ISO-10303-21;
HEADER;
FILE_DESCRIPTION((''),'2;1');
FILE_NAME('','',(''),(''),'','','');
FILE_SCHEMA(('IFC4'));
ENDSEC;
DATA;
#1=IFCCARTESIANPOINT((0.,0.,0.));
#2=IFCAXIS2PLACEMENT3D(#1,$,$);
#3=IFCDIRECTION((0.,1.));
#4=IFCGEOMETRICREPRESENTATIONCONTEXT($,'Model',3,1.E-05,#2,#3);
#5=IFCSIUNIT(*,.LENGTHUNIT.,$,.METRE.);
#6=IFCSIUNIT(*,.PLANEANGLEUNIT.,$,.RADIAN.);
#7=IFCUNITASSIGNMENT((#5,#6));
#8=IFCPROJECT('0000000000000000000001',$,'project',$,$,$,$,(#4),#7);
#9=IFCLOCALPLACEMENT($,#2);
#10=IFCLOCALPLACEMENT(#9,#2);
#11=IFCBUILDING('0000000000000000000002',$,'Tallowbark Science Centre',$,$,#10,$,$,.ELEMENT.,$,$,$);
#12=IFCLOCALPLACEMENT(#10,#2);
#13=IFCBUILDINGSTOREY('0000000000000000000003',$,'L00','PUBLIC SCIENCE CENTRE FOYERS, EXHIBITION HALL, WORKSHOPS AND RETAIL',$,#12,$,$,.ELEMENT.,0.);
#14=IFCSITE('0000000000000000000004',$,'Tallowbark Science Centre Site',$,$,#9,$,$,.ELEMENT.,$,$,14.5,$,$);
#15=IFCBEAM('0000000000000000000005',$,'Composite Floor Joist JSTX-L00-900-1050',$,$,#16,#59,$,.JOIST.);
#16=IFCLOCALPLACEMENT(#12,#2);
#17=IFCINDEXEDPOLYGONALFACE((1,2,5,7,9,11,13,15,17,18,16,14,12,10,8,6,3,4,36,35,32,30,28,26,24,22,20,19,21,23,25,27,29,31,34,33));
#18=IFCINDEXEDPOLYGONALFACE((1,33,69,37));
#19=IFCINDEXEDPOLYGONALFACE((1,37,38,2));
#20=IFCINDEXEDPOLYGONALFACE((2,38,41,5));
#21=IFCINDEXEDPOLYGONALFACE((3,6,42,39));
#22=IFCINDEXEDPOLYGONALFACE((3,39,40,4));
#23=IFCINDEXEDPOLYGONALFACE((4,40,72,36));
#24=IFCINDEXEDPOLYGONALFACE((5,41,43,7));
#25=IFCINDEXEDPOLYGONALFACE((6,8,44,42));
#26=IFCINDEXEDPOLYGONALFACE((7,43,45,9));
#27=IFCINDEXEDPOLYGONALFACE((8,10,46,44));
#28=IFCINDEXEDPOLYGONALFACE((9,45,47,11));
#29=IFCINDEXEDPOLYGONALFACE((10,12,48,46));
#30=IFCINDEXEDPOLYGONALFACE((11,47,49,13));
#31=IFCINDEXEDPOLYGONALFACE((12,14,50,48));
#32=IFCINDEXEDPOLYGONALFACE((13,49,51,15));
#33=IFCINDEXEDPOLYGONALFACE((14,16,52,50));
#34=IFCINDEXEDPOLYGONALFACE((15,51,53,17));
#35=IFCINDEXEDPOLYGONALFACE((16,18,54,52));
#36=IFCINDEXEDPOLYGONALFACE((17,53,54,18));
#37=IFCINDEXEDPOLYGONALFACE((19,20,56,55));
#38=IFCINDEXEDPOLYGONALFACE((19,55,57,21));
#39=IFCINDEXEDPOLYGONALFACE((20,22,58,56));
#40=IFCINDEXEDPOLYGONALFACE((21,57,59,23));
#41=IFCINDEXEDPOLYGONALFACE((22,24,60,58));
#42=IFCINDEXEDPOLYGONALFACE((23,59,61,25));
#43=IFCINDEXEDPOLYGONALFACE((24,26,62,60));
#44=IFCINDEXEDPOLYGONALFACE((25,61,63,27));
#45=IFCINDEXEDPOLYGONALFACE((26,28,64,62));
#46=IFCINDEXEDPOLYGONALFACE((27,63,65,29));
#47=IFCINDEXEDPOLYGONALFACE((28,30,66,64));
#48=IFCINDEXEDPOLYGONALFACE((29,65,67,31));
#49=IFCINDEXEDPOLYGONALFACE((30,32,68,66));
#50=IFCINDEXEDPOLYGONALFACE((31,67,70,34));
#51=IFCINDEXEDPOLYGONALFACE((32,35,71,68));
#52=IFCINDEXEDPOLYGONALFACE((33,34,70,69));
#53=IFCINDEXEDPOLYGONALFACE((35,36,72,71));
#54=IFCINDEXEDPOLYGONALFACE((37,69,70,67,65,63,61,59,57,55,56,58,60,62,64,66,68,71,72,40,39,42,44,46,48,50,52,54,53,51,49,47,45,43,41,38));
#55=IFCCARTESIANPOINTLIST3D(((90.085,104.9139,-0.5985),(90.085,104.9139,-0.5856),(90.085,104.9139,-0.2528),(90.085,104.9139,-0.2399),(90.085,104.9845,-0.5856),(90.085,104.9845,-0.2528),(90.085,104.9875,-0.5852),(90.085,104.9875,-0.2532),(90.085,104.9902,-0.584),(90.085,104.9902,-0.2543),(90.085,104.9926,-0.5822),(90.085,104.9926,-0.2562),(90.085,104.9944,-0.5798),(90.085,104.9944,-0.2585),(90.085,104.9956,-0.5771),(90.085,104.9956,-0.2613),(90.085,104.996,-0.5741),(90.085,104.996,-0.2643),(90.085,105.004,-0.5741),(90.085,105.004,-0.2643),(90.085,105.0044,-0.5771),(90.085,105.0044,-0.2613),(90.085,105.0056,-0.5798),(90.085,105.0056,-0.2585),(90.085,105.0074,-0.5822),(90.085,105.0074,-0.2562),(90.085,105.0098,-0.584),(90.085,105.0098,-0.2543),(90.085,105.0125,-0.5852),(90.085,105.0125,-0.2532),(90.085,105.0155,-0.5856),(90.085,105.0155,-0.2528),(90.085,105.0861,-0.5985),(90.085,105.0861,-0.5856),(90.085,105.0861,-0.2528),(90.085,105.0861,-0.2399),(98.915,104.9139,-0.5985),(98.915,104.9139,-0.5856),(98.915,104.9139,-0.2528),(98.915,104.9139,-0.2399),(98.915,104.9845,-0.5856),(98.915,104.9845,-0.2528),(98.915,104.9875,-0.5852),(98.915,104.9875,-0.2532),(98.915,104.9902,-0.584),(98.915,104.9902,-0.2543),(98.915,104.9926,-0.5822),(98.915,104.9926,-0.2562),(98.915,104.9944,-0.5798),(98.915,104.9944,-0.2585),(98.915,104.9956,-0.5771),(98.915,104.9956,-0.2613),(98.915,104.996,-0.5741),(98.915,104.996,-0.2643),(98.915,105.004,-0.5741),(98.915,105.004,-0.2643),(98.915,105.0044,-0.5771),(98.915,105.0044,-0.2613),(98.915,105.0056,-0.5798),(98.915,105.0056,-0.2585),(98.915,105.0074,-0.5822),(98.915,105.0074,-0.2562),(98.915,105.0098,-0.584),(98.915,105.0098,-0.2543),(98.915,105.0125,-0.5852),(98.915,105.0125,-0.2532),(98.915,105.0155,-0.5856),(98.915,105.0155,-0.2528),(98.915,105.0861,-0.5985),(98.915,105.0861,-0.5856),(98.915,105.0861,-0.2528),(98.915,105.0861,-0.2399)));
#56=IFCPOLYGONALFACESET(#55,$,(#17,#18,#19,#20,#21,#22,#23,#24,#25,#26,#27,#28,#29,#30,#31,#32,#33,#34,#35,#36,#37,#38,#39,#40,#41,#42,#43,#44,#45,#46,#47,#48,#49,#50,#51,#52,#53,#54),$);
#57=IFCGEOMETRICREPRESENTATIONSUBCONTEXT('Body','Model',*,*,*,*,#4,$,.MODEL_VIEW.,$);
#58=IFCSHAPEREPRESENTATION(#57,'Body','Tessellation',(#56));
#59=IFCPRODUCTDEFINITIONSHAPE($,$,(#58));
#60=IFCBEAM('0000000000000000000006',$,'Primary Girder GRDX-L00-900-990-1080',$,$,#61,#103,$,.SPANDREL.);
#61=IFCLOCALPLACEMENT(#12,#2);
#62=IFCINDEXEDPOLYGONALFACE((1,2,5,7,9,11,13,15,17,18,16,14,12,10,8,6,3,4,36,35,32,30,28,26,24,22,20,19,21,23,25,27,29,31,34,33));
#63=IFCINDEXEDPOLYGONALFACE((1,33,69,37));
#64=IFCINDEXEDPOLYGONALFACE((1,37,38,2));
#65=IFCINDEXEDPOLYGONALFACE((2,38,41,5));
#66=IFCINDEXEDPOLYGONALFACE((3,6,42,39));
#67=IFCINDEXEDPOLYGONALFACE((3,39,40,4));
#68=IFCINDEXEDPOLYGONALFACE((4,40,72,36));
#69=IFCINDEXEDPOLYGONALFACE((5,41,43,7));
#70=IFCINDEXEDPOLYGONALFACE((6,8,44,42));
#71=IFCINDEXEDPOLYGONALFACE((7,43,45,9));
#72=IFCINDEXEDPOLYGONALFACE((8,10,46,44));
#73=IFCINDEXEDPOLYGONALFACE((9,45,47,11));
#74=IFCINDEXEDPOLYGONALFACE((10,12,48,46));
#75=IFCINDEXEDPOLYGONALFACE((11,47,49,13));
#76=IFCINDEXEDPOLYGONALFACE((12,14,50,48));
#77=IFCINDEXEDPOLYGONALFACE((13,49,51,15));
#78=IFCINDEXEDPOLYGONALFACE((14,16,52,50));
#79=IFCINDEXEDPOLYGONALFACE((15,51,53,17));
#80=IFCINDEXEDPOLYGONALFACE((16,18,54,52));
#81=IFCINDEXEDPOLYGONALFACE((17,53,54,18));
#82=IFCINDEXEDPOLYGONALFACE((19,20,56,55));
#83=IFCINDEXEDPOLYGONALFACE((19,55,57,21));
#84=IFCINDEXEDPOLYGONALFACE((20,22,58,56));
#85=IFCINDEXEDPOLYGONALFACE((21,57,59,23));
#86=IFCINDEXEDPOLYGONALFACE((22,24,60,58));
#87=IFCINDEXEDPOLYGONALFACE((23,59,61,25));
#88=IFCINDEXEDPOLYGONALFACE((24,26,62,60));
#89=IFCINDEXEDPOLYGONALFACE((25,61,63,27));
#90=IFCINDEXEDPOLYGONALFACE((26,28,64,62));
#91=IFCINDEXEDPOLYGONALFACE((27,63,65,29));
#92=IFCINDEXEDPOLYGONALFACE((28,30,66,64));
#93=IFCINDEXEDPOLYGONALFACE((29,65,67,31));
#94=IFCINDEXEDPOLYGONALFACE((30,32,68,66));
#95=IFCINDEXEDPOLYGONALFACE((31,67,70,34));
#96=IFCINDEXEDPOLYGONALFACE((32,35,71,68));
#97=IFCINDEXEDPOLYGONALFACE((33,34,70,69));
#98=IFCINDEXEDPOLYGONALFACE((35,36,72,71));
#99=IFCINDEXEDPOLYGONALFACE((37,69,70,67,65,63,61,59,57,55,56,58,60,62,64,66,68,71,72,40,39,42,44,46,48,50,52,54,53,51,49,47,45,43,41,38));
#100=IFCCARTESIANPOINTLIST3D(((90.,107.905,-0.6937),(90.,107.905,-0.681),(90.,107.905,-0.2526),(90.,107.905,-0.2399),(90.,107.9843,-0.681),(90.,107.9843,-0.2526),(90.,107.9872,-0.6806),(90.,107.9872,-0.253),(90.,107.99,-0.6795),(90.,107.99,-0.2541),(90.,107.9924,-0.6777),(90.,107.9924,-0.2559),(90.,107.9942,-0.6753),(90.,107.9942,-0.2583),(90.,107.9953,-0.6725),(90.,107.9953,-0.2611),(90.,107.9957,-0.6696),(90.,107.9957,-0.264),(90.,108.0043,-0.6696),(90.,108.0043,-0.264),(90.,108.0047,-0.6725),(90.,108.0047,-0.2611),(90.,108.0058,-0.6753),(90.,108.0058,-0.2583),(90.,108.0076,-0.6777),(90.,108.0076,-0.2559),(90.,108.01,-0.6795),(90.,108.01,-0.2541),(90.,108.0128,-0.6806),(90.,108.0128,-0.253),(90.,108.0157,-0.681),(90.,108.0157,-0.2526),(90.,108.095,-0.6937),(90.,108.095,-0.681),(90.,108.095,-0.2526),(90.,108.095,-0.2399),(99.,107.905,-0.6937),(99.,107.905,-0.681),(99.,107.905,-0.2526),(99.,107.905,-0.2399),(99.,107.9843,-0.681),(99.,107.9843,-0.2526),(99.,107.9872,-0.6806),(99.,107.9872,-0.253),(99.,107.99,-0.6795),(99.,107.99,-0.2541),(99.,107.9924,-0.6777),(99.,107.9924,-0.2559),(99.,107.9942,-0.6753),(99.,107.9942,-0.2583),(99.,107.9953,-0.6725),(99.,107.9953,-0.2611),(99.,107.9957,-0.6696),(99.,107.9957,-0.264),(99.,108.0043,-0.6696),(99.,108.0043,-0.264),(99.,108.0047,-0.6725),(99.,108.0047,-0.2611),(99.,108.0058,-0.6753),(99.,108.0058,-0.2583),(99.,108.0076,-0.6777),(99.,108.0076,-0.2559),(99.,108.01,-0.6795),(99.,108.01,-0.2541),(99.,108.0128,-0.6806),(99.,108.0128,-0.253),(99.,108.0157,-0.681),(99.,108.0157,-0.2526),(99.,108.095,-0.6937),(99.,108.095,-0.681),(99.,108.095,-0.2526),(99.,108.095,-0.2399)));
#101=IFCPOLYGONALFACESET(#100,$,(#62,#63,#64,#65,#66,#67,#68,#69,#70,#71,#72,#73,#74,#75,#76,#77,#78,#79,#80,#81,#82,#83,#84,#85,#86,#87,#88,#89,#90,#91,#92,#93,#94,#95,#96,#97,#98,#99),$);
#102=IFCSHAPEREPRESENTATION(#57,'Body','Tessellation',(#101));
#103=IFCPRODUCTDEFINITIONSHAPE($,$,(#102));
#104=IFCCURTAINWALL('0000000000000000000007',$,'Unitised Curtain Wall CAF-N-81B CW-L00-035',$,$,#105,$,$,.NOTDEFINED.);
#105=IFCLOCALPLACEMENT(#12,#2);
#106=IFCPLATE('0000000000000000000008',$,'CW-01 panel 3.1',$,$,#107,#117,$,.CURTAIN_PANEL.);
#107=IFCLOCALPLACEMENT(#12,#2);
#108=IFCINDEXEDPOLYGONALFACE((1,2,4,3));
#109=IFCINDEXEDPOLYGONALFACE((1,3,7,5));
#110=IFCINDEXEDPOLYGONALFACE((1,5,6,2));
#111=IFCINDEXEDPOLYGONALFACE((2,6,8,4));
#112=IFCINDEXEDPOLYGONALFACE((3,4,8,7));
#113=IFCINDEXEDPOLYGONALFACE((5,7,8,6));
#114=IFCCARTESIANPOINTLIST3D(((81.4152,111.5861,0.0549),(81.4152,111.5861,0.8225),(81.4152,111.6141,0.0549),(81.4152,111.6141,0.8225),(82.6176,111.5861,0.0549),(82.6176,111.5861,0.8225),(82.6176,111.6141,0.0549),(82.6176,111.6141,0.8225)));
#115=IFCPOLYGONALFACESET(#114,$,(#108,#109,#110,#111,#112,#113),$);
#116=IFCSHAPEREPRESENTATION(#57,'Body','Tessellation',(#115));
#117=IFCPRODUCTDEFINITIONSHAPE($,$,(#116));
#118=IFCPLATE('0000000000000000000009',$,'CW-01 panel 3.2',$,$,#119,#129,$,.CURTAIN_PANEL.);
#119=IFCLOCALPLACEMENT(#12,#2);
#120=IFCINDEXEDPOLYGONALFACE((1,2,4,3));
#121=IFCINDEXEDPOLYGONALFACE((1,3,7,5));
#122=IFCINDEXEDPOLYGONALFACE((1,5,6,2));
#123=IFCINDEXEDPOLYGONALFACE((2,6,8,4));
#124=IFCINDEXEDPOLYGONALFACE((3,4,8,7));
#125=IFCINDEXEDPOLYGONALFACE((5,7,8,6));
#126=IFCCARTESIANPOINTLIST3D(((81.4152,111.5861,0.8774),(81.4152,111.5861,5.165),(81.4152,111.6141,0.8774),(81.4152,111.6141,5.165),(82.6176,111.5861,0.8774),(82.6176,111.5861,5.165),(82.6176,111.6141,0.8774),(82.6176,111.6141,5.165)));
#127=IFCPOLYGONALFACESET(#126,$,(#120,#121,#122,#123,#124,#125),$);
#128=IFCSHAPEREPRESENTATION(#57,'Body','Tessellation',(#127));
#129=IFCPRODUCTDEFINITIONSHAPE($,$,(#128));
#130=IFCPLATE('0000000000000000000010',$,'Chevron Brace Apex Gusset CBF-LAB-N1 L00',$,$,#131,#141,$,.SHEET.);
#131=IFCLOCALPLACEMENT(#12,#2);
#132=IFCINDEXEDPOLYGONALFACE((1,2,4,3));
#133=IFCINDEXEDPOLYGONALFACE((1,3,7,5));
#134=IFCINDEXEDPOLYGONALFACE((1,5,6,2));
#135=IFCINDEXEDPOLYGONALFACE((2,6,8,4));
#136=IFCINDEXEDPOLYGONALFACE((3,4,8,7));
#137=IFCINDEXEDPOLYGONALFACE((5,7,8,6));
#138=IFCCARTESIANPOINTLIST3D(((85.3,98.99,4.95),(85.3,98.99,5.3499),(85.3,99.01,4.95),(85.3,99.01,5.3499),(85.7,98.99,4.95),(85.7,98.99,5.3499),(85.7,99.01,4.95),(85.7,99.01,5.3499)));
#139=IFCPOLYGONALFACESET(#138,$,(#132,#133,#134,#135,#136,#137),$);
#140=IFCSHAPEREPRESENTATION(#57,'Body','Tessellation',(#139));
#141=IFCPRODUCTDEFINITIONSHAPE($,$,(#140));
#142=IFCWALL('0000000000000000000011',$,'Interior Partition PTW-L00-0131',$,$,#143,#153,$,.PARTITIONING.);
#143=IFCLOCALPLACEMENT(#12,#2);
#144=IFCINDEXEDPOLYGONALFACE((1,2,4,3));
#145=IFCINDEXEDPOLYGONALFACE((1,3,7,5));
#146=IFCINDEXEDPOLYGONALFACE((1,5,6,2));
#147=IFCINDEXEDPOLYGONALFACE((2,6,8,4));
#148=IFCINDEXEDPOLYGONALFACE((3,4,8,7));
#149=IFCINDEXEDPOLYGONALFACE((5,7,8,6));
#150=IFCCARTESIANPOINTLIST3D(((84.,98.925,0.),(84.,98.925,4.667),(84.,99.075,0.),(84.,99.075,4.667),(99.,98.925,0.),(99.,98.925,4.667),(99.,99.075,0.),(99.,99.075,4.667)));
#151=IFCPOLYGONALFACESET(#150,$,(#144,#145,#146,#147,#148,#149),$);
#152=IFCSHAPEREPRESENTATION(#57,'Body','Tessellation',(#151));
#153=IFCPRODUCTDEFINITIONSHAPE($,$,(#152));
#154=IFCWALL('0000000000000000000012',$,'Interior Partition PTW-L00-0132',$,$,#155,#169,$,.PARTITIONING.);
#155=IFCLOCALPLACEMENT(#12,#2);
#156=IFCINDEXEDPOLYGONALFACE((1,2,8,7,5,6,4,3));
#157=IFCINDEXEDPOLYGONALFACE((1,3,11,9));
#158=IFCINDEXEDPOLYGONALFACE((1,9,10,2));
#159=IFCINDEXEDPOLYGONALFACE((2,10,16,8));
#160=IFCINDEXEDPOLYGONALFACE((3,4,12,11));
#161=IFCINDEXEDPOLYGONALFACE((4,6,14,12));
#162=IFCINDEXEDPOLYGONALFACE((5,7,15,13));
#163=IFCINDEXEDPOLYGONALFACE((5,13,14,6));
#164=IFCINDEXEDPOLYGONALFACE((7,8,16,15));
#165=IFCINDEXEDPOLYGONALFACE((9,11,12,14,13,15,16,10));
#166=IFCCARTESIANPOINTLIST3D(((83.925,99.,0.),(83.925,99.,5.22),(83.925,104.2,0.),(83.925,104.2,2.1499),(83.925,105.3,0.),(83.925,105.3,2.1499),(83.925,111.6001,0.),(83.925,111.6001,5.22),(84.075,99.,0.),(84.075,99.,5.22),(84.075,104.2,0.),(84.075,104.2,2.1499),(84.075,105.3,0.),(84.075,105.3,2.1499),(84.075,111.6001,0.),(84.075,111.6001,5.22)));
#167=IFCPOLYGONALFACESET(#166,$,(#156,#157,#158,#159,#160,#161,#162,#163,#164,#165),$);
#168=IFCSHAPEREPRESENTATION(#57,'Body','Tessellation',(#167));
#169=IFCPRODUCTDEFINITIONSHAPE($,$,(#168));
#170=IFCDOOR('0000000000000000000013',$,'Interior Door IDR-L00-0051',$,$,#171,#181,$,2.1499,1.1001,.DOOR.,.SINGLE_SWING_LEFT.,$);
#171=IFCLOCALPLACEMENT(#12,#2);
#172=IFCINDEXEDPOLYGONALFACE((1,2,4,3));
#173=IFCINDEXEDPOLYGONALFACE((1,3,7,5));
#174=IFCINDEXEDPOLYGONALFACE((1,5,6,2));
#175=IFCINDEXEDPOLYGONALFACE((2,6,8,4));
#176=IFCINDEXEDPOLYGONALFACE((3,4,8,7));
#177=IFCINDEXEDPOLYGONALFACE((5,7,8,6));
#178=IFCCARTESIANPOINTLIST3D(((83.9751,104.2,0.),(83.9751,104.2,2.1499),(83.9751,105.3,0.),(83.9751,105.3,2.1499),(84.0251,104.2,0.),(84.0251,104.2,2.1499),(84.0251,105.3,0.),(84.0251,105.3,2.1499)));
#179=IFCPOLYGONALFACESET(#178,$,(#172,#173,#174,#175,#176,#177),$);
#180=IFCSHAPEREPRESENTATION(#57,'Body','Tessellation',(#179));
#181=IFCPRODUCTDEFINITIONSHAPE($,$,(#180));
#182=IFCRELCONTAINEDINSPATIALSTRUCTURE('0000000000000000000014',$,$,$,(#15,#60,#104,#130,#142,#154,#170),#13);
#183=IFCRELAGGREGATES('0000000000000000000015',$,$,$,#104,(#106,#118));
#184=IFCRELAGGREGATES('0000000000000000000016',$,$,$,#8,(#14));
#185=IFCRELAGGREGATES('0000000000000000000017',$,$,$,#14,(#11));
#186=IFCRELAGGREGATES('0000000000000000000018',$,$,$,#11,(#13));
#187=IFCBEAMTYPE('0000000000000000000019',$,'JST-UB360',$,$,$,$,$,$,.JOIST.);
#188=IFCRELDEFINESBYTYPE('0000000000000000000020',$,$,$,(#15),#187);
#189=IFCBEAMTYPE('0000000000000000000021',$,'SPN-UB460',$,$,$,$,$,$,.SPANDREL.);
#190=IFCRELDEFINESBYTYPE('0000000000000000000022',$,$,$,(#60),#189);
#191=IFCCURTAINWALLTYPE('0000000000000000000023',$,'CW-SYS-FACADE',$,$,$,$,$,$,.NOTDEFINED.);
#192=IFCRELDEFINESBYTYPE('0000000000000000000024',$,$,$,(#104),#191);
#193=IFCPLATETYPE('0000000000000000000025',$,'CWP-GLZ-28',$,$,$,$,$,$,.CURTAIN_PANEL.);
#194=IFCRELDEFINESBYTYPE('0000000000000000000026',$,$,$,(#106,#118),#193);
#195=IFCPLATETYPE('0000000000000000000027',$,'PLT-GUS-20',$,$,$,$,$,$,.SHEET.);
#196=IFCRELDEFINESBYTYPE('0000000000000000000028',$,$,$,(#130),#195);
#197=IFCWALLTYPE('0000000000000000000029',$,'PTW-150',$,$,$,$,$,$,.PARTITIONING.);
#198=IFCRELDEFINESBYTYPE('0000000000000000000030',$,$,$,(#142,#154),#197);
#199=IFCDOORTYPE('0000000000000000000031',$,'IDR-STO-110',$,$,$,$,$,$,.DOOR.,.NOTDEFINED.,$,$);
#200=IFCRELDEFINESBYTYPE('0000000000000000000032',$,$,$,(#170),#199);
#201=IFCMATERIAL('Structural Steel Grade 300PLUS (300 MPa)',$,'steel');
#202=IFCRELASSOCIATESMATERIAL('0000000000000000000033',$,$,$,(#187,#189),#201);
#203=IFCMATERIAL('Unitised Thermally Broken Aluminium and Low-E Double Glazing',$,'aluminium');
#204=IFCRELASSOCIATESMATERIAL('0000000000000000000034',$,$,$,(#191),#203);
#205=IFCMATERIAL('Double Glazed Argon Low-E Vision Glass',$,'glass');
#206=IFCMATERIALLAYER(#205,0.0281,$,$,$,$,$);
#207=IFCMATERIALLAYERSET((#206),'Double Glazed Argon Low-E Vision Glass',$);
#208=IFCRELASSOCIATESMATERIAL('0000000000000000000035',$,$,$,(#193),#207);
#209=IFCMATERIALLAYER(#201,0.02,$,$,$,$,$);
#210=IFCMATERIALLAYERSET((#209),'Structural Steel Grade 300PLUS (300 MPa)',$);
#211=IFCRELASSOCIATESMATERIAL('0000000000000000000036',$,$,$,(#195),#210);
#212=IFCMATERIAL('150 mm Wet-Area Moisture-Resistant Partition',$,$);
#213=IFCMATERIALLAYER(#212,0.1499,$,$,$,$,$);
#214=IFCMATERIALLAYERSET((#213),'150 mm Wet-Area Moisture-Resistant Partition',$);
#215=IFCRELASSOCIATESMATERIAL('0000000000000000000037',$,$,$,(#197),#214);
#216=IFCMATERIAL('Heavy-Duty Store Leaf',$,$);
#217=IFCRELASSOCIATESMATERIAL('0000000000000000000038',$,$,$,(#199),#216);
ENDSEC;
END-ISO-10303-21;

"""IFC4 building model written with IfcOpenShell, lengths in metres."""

from ifc_helpers import new_model, si_unit, direction, frame, frame_2d, origin, origin_2d, place, context, subcontext, project, spatial, rectangle, i_section, extrude, material, layer, layer_set, material_profile, profile_set, type_object, element, fill, aggregate, save


model = new_model("IFC4")

# Units and contexts
model_context = context("Model", 3, precision=1e-05, world=origin(), true_north=direction((0.0, 1.0)))
body_context = subcontext(model_context, "Body", "Model", "MODEL_VIEW")
ifc_project = project(units=[si_unit("LENGTHUNIT", "METRE"), si_unit("PLANEANGLEUNIT", "RADIAN")], contexts=[model_context])

# Site, building, storey
site_placement = place(None, origin())
site = spatial("IfcSite", under=ifc_project, at=site_placement, Name="Tallowbark Science Centre Site", CompositionType="ELEMENT", RefElevation=14.5)
building_placement = place(site_placement, origin())
building = spatial("IfcBuilding", under=site, at=building_placement, Name="Tallowbark Science Centre", CompositionType="ELEMENT")
storey_placement = place(building_placement, origin())
storey = spatial("IfcBuildingStorey", under=building, at=storey_placement, Name="L00", Description="PUBLIC SCIENCE CENTRE FOYERS, EXHIBITION HALL, WORKSHOPS AND RETAIL", CompositionType="ELEMENT", Elevation=0.0)

# Shared definitions
ifc_material_1 = material(Name="Structural Steel Grade 300PLUS (300 MPa)", Category="steel")

# Beams
ifc_material_profile_1 = material_profile(ifc_material_1, i_section(OverallWidth=0.1721, OverallDepth=0.3586, WebThickness=0.0081, FlangeThickness=0.0129, FilletRadius=0.0115, at=origin_2d()), Name="360UB56.7")
ifc_profile_set_1 = profile_set([ifc_material_profile_1], Name="Structural Steel Grade 300PLUS (300 MPa)")
beam_type_1 = type_object("IfcBeamType", Name="JST-UB360", PredefinedType="JOIST", material=ifc_profile_set_1)
for number, where, z_axis, x_axis, name in (
    (1, (90.085, 105.0, -0.4192), (1.0, 0.0, 0.0), (0.0, 1.0, 0.0), "Composite Floor Joist JSTX-L00-900-1050"),
):
    element("IfcBeam", number, at=place(storey_placement, frame(where, z_axis=z_axis, x_axis=x_axis)), inside=storey, type_object=beam_type_1, Name=name, PredefinedType="JOIST", context=body_context, shape_type="SweptSolid", body=[
        extrude(i_section(OverallWidth=0.1721, OverallDepth=0.3586, WebThickness=0.0081, FlangeThickness=0.0129, FilletRadius=0.0115, at=origin_2d()), origin(), (0.0, 0.0, 1.0), 8.8301),
    ])
ifc_material_profile_2 = material_profile(ifc_material_1, i_section(OverallWidth=0.1899, OverallDepth=0.4539, WebThickness=0.0085, FlangeThickness=0.0127, FilletRadius=0.0115, at=origin_2d()), Name="460UB67.1")
ifc_profile_set_2 = profile_set([ifc_material_profile_2], Name="Structural Steel Grade 300PLUS (300 MPa)")
beam_type_2 = type_object("IfcBeamType", Name="SPN-UB460", PredefinedType="SPANDREL", material=ifc_profile_set_2)
beam_1_placement = place(storey_placement, frame((90.0, 108.0, -0.4668), z_axis=(1.0, 0.0, 0.0), x_axis=(0.0, 1.0, 0.0)))
element("IfcBeam", 2, at=beam_1_placement, inside=storey, type_object=beam_type_2, Name="Primary Girder GRDX-L00-900-990-1080", PredefinedType="SPANDREL", context=body_context, shape_type="SweptSolid", body=[
    extrude(i_section(OverallWidth=0.1899, OverallDepth=0.4539, WebThickness=0.0085, FlangeThickness=0.0127, FilletRadius=0.0115, at=origin_2d()), origin(), (0.0, 0.0, 1.0), 9.0),
])

# Curtain wall, plates
ifc_material_2 = material(Name="Unitised Thermally Broken Aluminium and Low-E Double Glazing", Category="aluminium")
curtain_wall_type = type_object("IfcCurtainWallType", Name="CW-SYS-FACADE", PredefinedType="NOTDEFINED", material=ifc_material_2)
curtain_wall_placement = place(storey_placement, origin())
curtain_wall = element("IfcCurtainWall", 3, at=curtain_wall_placement, inside=storey, type_object=curtain_wall_type, Name="Unitised Curtain Wall CAF-N-81B CW-L00-035", PredefinedType="NOTDEFINED")
ifc_material_3 = material(Name="Double Glazed Argon Low-E Vision Glass", Category="glass")
ifc_layer_1 = layer(ifc_material_3, 0.0281)
ifc_layer_set_1 = layer_set([ifc_layer_1], Name="Double Glazed Argon Low-E Vision Glass")
plate_type_1 = type_object("IfcPlateType", Name="CWP-GLZ-28", PredefinedType="CURTAIN_PANEL", material=ifc_layer_set_1)
plate_1_placement = place(storey_placement, frame((82.0164, 111.6001, 0.0549), z_axis=(0.0, 0.0, 1.0), x_axis=(-1.0, 0.0, 0.0)))
plate_1 = element("IfcPlate", 4, at=plate_1_placement, type_object=plate_type_1, Name="CW-01 panel 3.1", PredefinedType="CURTAIN_PANEL", context=body_context, shape_type="SweptSolid", body=[
    extrude(rectangle(XDim=1.2024, YDim=0.0281, at=origin_2d()), origin(), (0.0, 0.0, 1.0), 0.7676),
])
plate_2_placement = place(storey_placement, frame((82.0164, 111.6001, 0.8774), z_axis=(0.0, 0.0, 1.0), x_axis=(-1.0, 0.0, 0.0)))
plate_2 = element("IfcPlate", 5, at=plate_2_placement, type_object=plate_type_1, Name="CW-01 panel 3.2", PredefinedType="CURTAIN_PANEL", context=body_context, shape_type="SweptSolid", body=[
    extrude(rectangle(XDim=1.2024, YDim=0.0281, at=origin_2d()), origin(), (0.0, 0.0, 1.0), 4.2876),
])
aggregate(curtain_wall, [plate_1, plate_2])

# Plate
ifc_layer_2 = layer(ifc_material_1, 0.02)
ifc_layer_set_2 = layer_set([ifc_layer_2], Name="Structural Steel Grade 300PLUS (300 MPa)")
plate_type_2 = type_object("IfcPlateType", Name="PLT-GUS-20", PredefinedType="SHEET", material=ifc_layer_set_2)
plate_3_placement = place(storey_placement, frame((85.5, 99.0, 4.95), z_axis=(0.0, 0.0, 1.0), x_axis=(1.0, 0.0, 0.0)))
element("IfcPlate", 6, at=plate_3_placement, inside=storey, type_object=plate_type_2, Name="Chevron Brace Apex Gusset CBF-LAB-N1 L00", PredefinedType="SHEET", context=body_context, shape_type="SweptSolid", body=[
    extrude(rectangle(XDim=0.3999, YDim=0.02, at=origin_2d()), origin(), (0.0, 0.0, 1.0), 0.3999),
])

# Wall
ifc_material_4 = material(Name="150 mm Wet-Area Moisture-Resistant Partition")
ifc_layer_3 = layer(ifc_material_4, 0.1499)
ifc_layer_set_3 = layer_set([ifc_layer_3], Name="150 mm Wet-Area Moisture-Resistant Partition")
wall_type = type_object("IfcWallType", Name="PTW-150", PredefinedType="PARTITIONING", material=ifc_layer_set_3)
wall_1_placement = place(storey_placement, frame((84.0, 99.0, 0.0), z_axis=(0.0, 0.0, 1.0), x_axis=(1.0, 0.0, 0.0)))
element("IfcWall", 7, at=wall_1_placement, inside=storey, type_object=wall_type, Name="Interior Partition PTW-L00-0131", PredefinedType="PARTITIONING", context=body_context, shape_type="SweptSolid", body=[
    extrude(rectangle(XDim=15.0, YDim=0.1499, at=frame_2d((7.5, 0.0))), origin(), (0.0, 0.0, 1.0), 4.667),
])

# Wall, opening, door
wall_2_placement = place(storey_placement, frame((84.0, 99.0, 0.0), z_axis=(0.0, 0.0, 1.0), x_axis=(0.0, 1.0, 0.0)))
wall_2 = element("IfcWall", 8, at=wall_2_placement, inside=storey, type_object=wall_type, Name="Interior Partition PTW-L00-0132", PredefinedType="PARTITIONING", context=body_context, shape_type="SweptSolid", body=[
    extrude(rectangle(XDim=12.6001, YDim=0.1499, at=frame_2d((6.3, 0.0))), origin(), (0.0, 0.0, 1.0), 5.22),
])
opening_placement = place(wall_2_placement, frame((5.2, 0.0, 0.0)))
opening = element("IfcOpeningElement", 9, at=opening_placement, cuts=wall_2, PredefinedType="OPENING", context=body_context, shape_type="SweptSolid", body=[
    extrude(rectangle(XDim=1.1001, YDim=2.1499, at=frame_2d((0.55, 1.075))), frame((0.0, 0.085, 0.0), z_axis=(0.0, -1.0, 0.0), x_axis=(1.0, 0.0, 0.0)), (0.0, 0.0, 1.0), 0.1699),
])
ifc_material_5 = material(Name="Heavy-Duty Store Leaf")
door_type = type_object("IfcDoorType", Name="IDR-STO-110", OperationType="NOTDEFINED", PredefinedType="DOOR", material=ifc_material_5)
door_placement = place(opening_placement, origin())
door = element("IfcDoor", 10, at=door_placement, inside=storey, type_object=door_type, Name="Interior Door IDR-L00-0051", OperationType="SINGLE_SWING_LEFT", OverallHeight=2.1499, OverallWidth=1.1001, PredefinedType="DOOR", context=body_context, shape_type="SweptSolid", body=[
    extrude(rectangle(XDim=1.1001, YDim=2.1499, at=frame_2d((0.55, 1.075))), frame((0.0, 0.0249, 0.0), z_axis=(0.0, -1.0, 0.0), x_axis=(1.0, 0.0, 0.0)), (0.0, 0.0, 1.0), 0.05),
])
fill(opening, door)

save(model, "model.ifc")
